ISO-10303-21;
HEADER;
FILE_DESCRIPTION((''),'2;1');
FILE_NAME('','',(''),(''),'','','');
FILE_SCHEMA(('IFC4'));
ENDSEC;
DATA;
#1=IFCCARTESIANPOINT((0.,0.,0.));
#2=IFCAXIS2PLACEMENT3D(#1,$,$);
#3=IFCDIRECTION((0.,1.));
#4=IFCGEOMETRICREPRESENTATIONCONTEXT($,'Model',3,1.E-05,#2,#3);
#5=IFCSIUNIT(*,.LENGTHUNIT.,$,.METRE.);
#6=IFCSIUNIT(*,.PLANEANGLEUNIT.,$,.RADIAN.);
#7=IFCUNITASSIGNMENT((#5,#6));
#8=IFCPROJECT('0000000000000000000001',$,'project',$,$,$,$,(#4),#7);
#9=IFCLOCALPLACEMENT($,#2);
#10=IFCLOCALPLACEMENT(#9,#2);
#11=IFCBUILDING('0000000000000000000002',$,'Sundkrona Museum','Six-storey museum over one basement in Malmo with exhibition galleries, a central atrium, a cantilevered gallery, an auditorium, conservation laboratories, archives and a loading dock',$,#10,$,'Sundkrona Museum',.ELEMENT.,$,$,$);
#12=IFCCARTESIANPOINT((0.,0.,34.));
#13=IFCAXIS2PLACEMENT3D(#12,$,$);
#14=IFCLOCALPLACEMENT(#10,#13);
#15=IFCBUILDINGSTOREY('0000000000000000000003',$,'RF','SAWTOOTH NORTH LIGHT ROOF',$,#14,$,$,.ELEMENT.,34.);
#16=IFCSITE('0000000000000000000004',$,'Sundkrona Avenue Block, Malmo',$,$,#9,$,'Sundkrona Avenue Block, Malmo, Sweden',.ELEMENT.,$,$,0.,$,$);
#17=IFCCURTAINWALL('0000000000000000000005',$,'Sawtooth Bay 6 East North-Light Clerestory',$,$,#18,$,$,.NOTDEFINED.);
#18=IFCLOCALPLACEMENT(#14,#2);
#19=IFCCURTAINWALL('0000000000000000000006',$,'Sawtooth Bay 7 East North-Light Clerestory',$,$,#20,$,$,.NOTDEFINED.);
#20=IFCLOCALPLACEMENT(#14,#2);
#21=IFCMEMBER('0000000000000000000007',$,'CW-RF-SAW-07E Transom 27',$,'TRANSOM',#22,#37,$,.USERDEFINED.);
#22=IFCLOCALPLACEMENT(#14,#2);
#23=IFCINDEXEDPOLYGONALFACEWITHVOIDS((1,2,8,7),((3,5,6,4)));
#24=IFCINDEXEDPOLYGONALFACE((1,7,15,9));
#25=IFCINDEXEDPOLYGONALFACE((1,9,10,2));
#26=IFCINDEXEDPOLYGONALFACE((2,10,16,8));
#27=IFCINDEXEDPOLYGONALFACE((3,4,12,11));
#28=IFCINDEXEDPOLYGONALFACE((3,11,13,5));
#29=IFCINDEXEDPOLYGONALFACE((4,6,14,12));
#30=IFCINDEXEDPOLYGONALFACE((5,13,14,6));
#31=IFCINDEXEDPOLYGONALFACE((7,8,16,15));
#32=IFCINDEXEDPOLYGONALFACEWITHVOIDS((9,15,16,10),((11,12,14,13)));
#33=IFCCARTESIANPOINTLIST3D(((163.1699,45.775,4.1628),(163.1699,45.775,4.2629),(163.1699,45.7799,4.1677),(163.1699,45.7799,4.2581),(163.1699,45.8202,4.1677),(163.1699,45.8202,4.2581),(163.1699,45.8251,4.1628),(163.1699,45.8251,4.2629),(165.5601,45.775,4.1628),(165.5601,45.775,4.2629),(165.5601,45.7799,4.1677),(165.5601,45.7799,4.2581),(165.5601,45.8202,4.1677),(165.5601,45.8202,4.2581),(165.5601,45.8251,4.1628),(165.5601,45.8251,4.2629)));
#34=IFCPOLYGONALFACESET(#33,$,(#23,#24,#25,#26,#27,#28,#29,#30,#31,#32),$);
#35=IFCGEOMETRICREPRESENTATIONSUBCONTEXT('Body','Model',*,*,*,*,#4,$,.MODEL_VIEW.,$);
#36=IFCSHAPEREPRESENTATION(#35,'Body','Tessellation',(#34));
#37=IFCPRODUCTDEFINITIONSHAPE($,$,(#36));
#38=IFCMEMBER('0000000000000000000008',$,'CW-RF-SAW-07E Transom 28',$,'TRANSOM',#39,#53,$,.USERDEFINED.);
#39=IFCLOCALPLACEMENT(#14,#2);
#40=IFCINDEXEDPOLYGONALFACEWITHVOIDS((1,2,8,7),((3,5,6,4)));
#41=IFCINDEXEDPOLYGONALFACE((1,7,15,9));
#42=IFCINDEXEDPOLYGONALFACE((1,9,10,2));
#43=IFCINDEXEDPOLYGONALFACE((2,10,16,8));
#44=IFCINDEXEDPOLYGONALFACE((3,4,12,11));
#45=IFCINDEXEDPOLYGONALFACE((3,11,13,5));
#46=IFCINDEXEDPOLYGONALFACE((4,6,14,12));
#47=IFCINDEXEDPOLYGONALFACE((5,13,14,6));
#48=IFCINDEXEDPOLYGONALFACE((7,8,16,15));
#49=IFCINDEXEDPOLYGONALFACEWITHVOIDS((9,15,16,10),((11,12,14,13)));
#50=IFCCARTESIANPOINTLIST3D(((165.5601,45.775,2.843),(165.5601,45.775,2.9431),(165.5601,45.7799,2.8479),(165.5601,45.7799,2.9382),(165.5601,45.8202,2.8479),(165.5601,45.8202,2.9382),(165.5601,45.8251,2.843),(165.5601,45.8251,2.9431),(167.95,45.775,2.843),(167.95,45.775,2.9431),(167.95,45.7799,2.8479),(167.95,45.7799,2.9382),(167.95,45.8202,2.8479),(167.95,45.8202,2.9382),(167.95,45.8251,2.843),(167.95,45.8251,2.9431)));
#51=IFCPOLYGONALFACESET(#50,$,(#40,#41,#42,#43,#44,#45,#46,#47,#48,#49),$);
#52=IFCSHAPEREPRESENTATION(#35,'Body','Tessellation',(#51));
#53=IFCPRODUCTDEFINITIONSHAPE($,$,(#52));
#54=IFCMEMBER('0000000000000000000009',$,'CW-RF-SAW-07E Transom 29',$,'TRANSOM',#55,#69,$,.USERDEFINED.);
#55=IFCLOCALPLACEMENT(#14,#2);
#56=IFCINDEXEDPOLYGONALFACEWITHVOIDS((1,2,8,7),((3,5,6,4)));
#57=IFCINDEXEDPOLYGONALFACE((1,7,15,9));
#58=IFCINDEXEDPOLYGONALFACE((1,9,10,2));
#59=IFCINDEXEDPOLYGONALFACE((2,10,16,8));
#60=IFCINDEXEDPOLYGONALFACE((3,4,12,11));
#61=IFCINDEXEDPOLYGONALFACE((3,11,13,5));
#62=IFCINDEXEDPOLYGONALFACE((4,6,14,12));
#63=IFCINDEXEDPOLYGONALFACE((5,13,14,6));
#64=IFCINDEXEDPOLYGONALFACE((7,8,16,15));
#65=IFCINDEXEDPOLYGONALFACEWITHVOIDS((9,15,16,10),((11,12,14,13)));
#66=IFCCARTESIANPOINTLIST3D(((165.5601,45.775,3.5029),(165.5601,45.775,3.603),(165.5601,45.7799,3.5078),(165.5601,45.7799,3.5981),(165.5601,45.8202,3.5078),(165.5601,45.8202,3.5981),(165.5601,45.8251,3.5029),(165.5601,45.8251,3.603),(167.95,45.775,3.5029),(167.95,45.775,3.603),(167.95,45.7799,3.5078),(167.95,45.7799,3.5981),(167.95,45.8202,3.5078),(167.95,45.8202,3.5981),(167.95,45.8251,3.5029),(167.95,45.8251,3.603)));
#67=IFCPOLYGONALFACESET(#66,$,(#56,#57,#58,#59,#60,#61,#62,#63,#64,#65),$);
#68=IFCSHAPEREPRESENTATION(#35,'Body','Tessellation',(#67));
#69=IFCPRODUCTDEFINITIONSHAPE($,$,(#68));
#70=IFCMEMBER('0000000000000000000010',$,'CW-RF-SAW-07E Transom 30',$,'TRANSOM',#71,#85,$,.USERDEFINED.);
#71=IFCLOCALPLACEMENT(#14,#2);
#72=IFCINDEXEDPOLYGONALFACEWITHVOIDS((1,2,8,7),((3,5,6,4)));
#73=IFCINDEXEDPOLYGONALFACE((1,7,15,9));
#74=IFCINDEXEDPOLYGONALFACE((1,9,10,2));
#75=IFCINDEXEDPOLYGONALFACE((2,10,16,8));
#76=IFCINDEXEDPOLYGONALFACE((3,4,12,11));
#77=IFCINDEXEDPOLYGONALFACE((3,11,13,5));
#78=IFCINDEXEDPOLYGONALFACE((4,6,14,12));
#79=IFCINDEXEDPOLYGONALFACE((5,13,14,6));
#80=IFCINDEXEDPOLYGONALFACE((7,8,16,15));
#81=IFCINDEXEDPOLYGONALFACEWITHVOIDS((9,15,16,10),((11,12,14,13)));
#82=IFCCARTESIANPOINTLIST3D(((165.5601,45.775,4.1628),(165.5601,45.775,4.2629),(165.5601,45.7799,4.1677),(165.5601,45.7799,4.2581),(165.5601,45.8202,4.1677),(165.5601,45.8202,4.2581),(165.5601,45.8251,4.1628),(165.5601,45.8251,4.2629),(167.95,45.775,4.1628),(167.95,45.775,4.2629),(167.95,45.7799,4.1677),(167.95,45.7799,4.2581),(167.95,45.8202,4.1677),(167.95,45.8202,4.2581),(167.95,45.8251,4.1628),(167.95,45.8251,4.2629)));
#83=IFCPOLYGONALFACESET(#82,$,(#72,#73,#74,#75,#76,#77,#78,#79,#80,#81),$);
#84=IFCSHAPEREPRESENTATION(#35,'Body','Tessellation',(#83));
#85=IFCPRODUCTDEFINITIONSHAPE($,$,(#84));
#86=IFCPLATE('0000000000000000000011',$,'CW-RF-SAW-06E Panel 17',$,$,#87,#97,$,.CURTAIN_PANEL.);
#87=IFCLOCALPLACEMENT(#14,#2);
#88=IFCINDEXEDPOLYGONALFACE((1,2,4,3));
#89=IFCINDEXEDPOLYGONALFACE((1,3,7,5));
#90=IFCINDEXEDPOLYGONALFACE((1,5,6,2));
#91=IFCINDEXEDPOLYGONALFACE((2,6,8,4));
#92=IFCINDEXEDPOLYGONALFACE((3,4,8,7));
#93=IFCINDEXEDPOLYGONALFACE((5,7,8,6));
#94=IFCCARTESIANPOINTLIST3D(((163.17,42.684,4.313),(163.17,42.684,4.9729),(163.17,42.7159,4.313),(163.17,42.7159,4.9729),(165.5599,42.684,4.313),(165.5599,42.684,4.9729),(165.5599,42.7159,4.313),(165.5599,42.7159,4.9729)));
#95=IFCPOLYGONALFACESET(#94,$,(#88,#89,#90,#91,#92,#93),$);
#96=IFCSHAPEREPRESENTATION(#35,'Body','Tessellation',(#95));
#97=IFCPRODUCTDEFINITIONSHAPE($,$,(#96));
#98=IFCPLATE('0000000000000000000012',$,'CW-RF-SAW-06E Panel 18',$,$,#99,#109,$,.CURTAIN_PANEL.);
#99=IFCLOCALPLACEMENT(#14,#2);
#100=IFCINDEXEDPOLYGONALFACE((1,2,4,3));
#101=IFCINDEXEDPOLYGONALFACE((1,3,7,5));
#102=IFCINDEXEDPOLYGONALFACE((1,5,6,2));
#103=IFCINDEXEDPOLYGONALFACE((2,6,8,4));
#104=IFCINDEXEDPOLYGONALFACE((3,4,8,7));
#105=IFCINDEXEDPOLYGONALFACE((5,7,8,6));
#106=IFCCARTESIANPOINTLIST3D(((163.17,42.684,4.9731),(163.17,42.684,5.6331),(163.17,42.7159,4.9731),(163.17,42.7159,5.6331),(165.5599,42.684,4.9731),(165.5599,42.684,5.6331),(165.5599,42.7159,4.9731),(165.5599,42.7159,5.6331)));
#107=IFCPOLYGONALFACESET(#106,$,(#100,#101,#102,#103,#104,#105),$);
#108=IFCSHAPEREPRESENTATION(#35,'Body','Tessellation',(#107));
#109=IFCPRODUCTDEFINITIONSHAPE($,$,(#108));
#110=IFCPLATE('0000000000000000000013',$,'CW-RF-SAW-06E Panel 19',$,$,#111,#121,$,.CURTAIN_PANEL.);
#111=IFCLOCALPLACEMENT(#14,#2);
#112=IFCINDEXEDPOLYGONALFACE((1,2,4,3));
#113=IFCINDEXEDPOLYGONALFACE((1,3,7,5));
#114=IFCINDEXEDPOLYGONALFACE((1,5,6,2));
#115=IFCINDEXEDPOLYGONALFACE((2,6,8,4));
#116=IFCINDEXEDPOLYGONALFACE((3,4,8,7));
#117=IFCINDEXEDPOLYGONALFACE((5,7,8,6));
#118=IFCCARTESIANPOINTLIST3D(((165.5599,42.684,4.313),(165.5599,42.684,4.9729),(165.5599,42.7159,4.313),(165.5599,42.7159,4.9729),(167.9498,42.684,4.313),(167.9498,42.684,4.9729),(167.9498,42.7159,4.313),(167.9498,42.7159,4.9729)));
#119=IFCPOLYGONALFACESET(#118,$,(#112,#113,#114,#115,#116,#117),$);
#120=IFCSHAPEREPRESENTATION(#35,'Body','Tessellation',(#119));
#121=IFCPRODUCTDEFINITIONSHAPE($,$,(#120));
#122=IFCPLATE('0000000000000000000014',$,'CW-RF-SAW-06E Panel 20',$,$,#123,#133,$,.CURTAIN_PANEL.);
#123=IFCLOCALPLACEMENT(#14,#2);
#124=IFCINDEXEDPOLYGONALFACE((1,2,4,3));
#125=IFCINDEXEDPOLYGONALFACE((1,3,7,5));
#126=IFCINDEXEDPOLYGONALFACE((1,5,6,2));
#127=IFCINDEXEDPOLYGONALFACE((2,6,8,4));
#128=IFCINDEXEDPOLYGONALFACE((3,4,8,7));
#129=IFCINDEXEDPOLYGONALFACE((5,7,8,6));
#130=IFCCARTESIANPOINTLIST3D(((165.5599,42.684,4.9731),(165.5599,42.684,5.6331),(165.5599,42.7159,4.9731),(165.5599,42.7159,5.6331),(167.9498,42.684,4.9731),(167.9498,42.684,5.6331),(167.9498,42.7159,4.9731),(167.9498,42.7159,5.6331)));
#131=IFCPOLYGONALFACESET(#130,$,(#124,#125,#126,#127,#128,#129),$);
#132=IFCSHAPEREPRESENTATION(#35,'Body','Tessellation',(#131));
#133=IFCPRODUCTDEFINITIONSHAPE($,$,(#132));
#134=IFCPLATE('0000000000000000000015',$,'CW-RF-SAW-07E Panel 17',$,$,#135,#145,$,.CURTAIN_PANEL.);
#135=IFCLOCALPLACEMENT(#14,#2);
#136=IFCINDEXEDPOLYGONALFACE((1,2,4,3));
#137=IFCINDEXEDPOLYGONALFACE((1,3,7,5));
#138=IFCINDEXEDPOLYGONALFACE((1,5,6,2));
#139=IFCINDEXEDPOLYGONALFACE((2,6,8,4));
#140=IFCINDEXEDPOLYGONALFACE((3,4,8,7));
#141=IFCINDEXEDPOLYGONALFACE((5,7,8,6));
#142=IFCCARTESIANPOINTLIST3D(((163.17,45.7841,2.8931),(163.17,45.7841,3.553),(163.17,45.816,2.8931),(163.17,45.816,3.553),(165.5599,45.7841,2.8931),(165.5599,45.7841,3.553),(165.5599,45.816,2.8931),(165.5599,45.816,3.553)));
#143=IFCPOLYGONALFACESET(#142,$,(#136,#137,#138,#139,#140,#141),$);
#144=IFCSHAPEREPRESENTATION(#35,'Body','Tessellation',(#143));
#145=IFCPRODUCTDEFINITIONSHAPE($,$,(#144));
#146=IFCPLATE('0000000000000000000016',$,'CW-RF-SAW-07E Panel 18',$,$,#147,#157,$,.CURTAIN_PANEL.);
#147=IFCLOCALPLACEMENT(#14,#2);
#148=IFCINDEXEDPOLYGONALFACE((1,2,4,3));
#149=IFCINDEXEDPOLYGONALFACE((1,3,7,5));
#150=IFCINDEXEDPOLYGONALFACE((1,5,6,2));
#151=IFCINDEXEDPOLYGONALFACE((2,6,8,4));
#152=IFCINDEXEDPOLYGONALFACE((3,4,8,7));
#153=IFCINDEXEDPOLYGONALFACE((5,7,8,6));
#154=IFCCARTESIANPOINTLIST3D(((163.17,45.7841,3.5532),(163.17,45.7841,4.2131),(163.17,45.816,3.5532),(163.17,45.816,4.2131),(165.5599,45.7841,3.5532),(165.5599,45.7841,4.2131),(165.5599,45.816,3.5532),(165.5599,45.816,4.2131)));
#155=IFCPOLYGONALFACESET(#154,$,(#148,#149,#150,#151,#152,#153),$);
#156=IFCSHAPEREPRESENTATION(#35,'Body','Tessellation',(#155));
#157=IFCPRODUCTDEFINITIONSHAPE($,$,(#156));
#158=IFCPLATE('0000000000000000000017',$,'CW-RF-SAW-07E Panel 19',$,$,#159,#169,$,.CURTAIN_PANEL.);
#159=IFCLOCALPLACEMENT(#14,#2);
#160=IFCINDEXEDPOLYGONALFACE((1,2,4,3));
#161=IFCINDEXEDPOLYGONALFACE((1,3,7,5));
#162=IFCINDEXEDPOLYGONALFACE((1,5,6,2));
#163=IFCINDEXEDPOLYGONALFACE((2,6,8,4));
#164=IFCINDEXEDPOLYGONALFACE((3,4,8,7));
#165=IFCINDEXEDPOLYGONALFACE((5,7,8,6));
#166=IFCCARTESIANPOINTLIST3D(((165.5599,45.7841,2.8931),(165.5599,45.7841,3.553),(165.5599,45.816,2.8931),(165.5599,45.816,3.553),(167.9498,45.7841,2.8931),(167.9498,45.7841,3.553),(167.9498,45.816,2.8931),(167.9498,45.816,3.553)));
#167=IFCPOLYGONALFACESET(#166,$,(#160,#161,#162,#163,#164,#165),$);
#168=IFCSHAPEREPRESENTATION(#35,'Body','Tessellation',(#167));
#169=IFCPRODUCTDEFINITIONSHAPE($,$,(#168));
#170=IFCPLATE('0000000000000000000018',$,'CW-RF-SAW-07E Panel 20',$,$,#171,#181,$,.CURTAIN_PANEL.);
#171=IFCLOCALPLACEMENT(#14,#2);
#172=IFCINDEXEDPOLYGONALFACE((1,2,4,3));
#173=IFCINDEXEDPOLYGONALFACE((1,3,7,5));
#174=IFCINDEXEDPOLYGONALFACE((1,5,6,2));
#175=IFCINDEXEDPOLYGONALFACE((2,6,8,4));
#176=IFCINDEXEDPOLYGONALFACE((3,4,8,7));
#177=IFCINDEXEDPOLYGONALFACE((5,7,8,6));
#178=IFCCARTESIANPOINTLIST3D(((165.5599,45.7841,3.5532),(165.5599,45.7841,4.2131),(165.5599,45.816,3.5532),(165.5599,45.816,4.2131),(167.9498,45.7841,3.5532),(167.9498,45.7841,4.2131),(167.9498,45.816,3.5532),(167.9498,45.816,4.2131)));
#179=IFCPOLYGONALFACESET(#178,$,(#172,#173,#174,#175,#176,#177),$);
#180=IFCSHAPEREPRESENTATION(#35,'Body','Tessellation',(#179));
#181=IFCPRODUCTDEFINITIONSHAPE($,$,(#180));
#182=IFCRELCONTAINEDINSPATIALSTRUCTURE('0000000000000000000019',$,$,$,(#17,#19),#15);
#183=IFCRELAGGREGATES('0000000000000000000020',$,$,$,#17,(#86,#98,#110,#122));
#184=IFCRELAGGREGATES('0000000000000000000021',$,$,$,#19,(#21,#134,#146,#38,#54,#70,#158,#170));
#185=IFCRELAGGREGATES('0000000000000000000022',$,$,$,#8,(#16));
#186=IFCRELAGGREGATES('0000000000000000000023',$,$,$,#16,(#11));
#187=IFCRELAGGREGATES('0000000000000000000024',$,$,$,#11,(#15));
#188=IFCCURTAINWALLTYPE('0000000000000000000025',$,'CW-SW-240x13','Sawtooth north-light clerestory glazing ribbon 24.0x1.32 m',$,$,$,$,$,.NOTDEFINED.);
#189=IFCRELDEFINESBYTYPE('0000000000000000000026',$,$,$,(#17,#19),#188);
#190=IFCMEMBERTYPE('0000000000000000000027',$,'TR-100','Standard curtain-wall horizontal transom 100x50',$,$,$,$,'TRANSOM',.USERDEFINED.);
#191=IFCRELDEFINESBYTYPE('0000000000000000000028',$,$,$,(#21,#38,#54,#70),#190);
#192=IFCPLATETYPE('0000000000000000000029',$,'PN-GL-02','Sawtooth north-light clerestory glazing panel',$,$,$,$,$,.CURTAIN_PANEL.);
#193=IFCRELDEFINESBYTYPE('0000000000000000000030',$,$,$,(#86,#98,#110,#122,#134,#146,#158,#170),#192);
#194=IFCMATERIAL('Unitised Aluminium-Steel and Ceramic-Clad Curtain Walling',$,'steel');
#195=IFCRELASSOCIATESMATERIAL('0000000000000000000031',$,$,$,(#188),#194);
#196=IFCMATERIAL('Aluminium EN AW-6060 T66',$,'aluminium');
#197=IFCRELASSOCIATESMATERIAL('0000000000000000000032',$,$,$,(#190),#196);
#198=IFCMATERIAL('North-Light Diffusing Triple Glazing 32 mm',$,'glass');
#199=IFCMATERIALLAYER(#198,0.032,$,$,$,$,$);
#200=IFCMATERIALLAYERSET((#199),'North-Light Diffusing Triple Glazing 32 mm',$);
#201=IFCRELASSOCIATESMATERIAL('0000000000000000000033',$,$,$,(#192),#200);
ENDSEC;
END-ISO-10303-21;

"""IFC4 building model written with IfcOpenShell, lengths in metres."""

from ifc_helpers import new_model, si_unit, direction, frame, origin, origin_2d, place, context, subcontext, project, spatial, rectangle, hollow_rectangle, extrude, material, layer, layer_set, material_profile, profile_set, type_object, element, aggregate, save


model = new_model("IFC4")

# Units and contexts
model_context = context("Model", 3, precision=1e-05, world=origin(), true_north=direction((0.0, 1.0)))
body_context = subcontext(model_context, "Body", "Model", "MODEL_VIEW")
ifc_project = project(units=[si_unit("LENGTHUNIT", "METRE"), si_unit("PLANEANGLEUNIT", "RADIAN")], contexts=[model_context])

# Site, building, storey
site_placement = place(None, origin())
site = spatial("IfcSite", under=ifc_project, at=site_placement, Name="Sundkrona Avenue Block, Malmo", LongName="Sundkrona Avenue Block, Malmo, Sweden", CompositionType="ELEMENT", RefElevation=0.0)
building_placement = place(site_placement, origin())
building = spatial("IfcBuilding", under=site, at=building_placement, Name="Sundkrona Museum", Description="Six-storey museum over one basement in Malmo with exhibition galleries, a central atrium, a cantilevered gallery, an auditorium, conservation laboratories, archives and a loading dock", LongName="Sundkrona Museum", CompositionType="ELEMENT")
storey_placement = place(building_placement, frame((0.0, 0.0, 34.0)))
storey = spatial("IfcBuildingStorey", under=building, at=storey_placement, Name="RF", Description="SAWTOOTH NORTH LIGHT ROOF", CompositionType="ELEMENT", Elevation=34.0)

# Curtain walls
ifc_material_1 = material(Name="Unitised Aluminium-Steel and Ceramic-Clad Curtain Walling", Category="steel")
curtain_wall_type = type_object("IfcCurtainWallType", Name="CW-SW-240x13", Description="Sawtooth north-light clerestory glazing ribbon 24.0x1.32 m", PredefinedType="NOTDEFINED", material=ifc_material_1)
curtain_wall_1_placement = place(storey_placement, origin())
curtain_wall_1 = element("IfcCurtainWall", 1, at=curtain_wall_1_placement, inside=storey, type_object=curtain_wall_type, Name="Sawtooth Bay 6 East North-Light Clerestory", PredefinedType="NOTDEFINED")
ifc_material_2 = material(Name="Aluminium EN AW-6060 T66", Category="aluminium")
curtain_wall_2_placement = place(storey_placement, origin())
curtain_wall_2 = element("IfcCurtainWall", 2, at=curtain_wall_2_placement, inside=storey, type_object=curtain_wall_type, Name="Sawtooth Bay 7 East North-Light Clerestory", PredefinedType="NOTDEFINED")

# Members
ifc_material_profile_1 = material_profile(ifc_material_2, hollow_rectangle(XDim=0.05, YDim=0.1001, WallThickness=0.0049, at=origin_2d()), Name="RHS 100x50x5.0")
ifc_profile_set_1 = profile_set([ifc_material_profile_1], Name="Aluminium EN AW-6060 T66")
member_type_1 = type_object("IfcMemberType", Name="TR-100", Description="Standard curtain-wall horizontal transom 100x50", ElementType="TRANSOM", PredefinedType="USERDEFINED", material=ifc_profile_set_1)
member_1_placement = place(storey_placement, frame((163.1699, 45.8, 4.2129), z_axis=(1.0, 0.0, 0.0), x_axis=(0.0, 1.0, 0.0)))
member_1 = element("IfcMember", 3, at=member_1_placement, type_object=member_type_1, Name="CW-RF-SAW-07E Transom 27", ObjectType="TRANSOM", PredefinedType="USERDEFINED", context=body_context, shape_type="SweptSolid", body=[
    extrude(hollow_rectangle(XDim=0.05, YDim=0.1001, WallThickness=0.0049, at=origin_2d()), origin(), (0.0, 0.0, 1.0), 2.3901),
])
member_2_placement = place(storey_placement, frame((165.5601, 45.8, 2.8931), z_axis=(1.0, 0.0, 0.0), x_axis=(0.0, 1.0, 0.0)))
member_2 = element("IfcMember", 4, at=member_2_placement, type_object=member_type_1, Name="CW-RF-SAW-07E Transom 28", ObjectType="TRANSOM", PredefinedType="USERDEFINED", context=body_context, shape_type="SweptSolid", body=[
    extrude(hollow_rectangle(XDim=0.05, YDim=0.1001, WallThickness=0.0049, at=origin_2d()), origin(), (0.0, 0.0, 1.0), 2.3899),
])
member_3_placement = place(storey_placement, frame((165.5601, 45.8, 3.553), z_axis=(1.0, 0.0, 0.0), x_axis=(0.0, 1.0, 0.0)))
member_3 = element("IfcMember", 5, at=member_3_placement, type_object=member_type_1, Name="CW-RF-SAW-07E Transom 29", ObjectType="TRANSOM", PredefinedType="USERDEFINED", context=body_context, shape_type="SweptSolid", body=[
    extrude(hollow_rectangle(XDim=0.05, YDim=0.1001, WallThickness=0.0049, at=origin_2d()), origin(), (0.0, 0.0, 1.0), 2.3899),
])
member_4_placement = place(storey_placement, frame((165.5601, 45.8, 4.2129), z_axis=(1.0, 0.0, 0.0), x_axis=(0.0, 1.0, 0.0)))
member_4 = element("IfcMember", 6, at=member_4_placement, type_object=member_type_1, Name="CW-RF-SAW-07E Transom 30", ObjectType="TRANSOM", PredefinedType="USERDEFINED", context=body_context, shape_type="SweptSolid", body=[
    extrude(hollow_rectangle(XDim=0.05, YDim=0.1001, WallThickness=0.0049, at=origin_2d()), origin(), (0.0, 0.0, 1.0), 2.3899),
])

# Plates
ifc_material_3 = material(Name="North-Light Diffusing Triple Glazing 32 mm", Category="glass")
ifc_layer = layer(ifc_material_3, 0.032)
ifc_layer_set = layer_set([ifc_layer], Name="North-Light Diffusing Triple Glazing 32 mm")
plate_type = type_object("IfcPlateType", Name="PN-GL-02", Description="Sawtooth north-light clerestory glazing panel", PredefinedType="CURTAIN_PANEL", material=ifc_layer_set)
plate_1_placement = place(storey_placement, frame((164.365, 42.7, 4.313), z_axis=(0.0, 0.0, 1.0), x_axis=(1.0, 0.0, 0.0)))
plate_1 = element("IfcPlate", 7, at=plate_1_placement, type_object=plate_type, Name="CW-RF-SAW-06E Panel 17", PredefinedType="CURTAIN_PANEL", context=body_context, shape_type="SweptSolid", body=[
    extrude(rectangle(XDim=2.3899, YDim=0.032, at=origin_2d()), origin(), (0.0, 0.0, 1.0), 0.6599),
])
plate_2_placement = place(storey_placement, frame((164.365, 42.7, 4.9731), z_axis=(0.0, 0.0, 1.0), x_axis=(1.0, 0.0, 0.0)))
plate_2 = element("IfcPlate", 8, at=plate_2_placement, type_object=plate_type, Name="CW-RF-SAW-06E Panel 18", PredefinedType="CURTAIN_PANEL", context=body_context, shape_type="SweptSolid", body=[
    extrude(rectangle(XDim=2.3899, YDim=0.032, at=origin_2d()), origin(), (0.0, 0.0, 1.0), 0.6599),
])
plate_3_placement = place(storey_placement, frame((166.7549, 42.7, 4.313), z_axis=(0.0, 0.0, 1.0), x_axis=(1.0, 0.0, 0.0)))
plate_3 = element("IfcPlate", 9, at=plate_3_placement, type_object=plate_type, Name="CW-RF-SAW-06E Panel 19", PredefinedType="CURTAIN_PANEL", context=body_context, shape_type="SweptSolid", body=[
    extrude(rectangle(XDim=2.3899, YDim=0.032, at=origin_2d()), origin(), (0.0, 0.0, 1.0), 0.6599),
])
plate_4_placement = place(storey_placement, frame((166.7549, 42.7, 4.9731), z_axis=(0.0, 0.0, 1.0), x_axis=(1.0, 0.0, 0.0)))
plate_4 = element("IfcPlate", 10, at=plate_4_placement, type_object=plate_type, Name="CW-RF-SAW-06E Panel 20", PredefinedType="CURTAIN_PANEL", context=body_context, shape_type="SweptSolid", body=[
    extrude(rectangle(XDim=2.3899, YDim=0.032, at=origin_2d()), origin(), (0.0, 0.0, 1.0), 0.6599),
])
aggregate(curtain_wall_1, [plate_1, plate_2, plate_3, plate_4])
plate_5_placement = place(storey_placement, frame((164.365, 45.8, 2.8931), z_axis=(0.0, 0.0, 1.0), x_axis=(1.0, 0.0, 0.0)))
plate_5 = element("IfcPlate", 11, at=plate_5_placement, type_object=plate_type, Name="CW-RF-SAW-07E Panel 17", PredefinedType="CURTAIN_PANEL", context=body_context, shape_type="SweptSolid", body=[
    extrude(rectangle(XDim=2.3899, YDim=0.032, at=origin_2d()), origin(), (0.0, 0.0, 1.0), 0.6599),
])
plate_6_placement = place(storey_placement, frame((164.365, 45.8, 3.5532), z_axis=(0.0, 0.0, 1.0), x_axis=(1.0, 0.0, 0.0)))
plate_6 = element("IfcPlate", 12, at=plate_6_placement, type_object=plate_type, Name="CW-RF-SAW-07E Panel 18", PredefinedType="CURTAIN_PANEL", context=body_context, shape_type="SweptSolid", body=[
    extrude(rectangle(XDim=2.3899, YDim=0.032, at=origin_2d()), origin(), (0.0, 0.0, 1.0), 0.6599),
])
plate_7_placement = place(storey_placement, frame((166.7549, 45.8, 2.8931), z_axis=(0.0, 0.0, 1.0), x_axis=(1.0, 0.0, 0.0)))
plate_7 = element("IfcPlate", 13, at=plate_7_placement, type_object=plate_type, Name="CW-RF-SAW-07E Panel 19", PredefinedType="CURTAIN_PANEL", context=body_context, shape_type="SweptSolid", body=[
    extrude(rectangle(XDim=2.3899, YDim=0.032, at=origin_2d()), origin(), (0.0, 0.0, 1.0), 0.6599),
])
plate_8_placement = place(storey_placement, frame((166.7549, 45.8, 3.5532), z_axis=(0.0, 0.0, 1.0), x_axis=(1.0, 0.0, 0.0)))
plate_8 = element("IfcPlate", 14, at=plate_8_placement, type_object=plate_type, Name="CW-RF-SAW-07E Panel 20", PredefinedType="CURTAIN_PANEL", context=body_context, shape_type="SweptSolid", body=[
    extrude(rectangle(XDim=2.3899, YDim=0.032, at=origin_2d()), origin(), (0.0, 0.0, 1.0), 0.6599),
])
aggregate(curtain_wall_2, [member_1, plate_5, plate_6, member_2, member_3, member_4, plate_7, plate_8])

save(model, "model.ifc")
